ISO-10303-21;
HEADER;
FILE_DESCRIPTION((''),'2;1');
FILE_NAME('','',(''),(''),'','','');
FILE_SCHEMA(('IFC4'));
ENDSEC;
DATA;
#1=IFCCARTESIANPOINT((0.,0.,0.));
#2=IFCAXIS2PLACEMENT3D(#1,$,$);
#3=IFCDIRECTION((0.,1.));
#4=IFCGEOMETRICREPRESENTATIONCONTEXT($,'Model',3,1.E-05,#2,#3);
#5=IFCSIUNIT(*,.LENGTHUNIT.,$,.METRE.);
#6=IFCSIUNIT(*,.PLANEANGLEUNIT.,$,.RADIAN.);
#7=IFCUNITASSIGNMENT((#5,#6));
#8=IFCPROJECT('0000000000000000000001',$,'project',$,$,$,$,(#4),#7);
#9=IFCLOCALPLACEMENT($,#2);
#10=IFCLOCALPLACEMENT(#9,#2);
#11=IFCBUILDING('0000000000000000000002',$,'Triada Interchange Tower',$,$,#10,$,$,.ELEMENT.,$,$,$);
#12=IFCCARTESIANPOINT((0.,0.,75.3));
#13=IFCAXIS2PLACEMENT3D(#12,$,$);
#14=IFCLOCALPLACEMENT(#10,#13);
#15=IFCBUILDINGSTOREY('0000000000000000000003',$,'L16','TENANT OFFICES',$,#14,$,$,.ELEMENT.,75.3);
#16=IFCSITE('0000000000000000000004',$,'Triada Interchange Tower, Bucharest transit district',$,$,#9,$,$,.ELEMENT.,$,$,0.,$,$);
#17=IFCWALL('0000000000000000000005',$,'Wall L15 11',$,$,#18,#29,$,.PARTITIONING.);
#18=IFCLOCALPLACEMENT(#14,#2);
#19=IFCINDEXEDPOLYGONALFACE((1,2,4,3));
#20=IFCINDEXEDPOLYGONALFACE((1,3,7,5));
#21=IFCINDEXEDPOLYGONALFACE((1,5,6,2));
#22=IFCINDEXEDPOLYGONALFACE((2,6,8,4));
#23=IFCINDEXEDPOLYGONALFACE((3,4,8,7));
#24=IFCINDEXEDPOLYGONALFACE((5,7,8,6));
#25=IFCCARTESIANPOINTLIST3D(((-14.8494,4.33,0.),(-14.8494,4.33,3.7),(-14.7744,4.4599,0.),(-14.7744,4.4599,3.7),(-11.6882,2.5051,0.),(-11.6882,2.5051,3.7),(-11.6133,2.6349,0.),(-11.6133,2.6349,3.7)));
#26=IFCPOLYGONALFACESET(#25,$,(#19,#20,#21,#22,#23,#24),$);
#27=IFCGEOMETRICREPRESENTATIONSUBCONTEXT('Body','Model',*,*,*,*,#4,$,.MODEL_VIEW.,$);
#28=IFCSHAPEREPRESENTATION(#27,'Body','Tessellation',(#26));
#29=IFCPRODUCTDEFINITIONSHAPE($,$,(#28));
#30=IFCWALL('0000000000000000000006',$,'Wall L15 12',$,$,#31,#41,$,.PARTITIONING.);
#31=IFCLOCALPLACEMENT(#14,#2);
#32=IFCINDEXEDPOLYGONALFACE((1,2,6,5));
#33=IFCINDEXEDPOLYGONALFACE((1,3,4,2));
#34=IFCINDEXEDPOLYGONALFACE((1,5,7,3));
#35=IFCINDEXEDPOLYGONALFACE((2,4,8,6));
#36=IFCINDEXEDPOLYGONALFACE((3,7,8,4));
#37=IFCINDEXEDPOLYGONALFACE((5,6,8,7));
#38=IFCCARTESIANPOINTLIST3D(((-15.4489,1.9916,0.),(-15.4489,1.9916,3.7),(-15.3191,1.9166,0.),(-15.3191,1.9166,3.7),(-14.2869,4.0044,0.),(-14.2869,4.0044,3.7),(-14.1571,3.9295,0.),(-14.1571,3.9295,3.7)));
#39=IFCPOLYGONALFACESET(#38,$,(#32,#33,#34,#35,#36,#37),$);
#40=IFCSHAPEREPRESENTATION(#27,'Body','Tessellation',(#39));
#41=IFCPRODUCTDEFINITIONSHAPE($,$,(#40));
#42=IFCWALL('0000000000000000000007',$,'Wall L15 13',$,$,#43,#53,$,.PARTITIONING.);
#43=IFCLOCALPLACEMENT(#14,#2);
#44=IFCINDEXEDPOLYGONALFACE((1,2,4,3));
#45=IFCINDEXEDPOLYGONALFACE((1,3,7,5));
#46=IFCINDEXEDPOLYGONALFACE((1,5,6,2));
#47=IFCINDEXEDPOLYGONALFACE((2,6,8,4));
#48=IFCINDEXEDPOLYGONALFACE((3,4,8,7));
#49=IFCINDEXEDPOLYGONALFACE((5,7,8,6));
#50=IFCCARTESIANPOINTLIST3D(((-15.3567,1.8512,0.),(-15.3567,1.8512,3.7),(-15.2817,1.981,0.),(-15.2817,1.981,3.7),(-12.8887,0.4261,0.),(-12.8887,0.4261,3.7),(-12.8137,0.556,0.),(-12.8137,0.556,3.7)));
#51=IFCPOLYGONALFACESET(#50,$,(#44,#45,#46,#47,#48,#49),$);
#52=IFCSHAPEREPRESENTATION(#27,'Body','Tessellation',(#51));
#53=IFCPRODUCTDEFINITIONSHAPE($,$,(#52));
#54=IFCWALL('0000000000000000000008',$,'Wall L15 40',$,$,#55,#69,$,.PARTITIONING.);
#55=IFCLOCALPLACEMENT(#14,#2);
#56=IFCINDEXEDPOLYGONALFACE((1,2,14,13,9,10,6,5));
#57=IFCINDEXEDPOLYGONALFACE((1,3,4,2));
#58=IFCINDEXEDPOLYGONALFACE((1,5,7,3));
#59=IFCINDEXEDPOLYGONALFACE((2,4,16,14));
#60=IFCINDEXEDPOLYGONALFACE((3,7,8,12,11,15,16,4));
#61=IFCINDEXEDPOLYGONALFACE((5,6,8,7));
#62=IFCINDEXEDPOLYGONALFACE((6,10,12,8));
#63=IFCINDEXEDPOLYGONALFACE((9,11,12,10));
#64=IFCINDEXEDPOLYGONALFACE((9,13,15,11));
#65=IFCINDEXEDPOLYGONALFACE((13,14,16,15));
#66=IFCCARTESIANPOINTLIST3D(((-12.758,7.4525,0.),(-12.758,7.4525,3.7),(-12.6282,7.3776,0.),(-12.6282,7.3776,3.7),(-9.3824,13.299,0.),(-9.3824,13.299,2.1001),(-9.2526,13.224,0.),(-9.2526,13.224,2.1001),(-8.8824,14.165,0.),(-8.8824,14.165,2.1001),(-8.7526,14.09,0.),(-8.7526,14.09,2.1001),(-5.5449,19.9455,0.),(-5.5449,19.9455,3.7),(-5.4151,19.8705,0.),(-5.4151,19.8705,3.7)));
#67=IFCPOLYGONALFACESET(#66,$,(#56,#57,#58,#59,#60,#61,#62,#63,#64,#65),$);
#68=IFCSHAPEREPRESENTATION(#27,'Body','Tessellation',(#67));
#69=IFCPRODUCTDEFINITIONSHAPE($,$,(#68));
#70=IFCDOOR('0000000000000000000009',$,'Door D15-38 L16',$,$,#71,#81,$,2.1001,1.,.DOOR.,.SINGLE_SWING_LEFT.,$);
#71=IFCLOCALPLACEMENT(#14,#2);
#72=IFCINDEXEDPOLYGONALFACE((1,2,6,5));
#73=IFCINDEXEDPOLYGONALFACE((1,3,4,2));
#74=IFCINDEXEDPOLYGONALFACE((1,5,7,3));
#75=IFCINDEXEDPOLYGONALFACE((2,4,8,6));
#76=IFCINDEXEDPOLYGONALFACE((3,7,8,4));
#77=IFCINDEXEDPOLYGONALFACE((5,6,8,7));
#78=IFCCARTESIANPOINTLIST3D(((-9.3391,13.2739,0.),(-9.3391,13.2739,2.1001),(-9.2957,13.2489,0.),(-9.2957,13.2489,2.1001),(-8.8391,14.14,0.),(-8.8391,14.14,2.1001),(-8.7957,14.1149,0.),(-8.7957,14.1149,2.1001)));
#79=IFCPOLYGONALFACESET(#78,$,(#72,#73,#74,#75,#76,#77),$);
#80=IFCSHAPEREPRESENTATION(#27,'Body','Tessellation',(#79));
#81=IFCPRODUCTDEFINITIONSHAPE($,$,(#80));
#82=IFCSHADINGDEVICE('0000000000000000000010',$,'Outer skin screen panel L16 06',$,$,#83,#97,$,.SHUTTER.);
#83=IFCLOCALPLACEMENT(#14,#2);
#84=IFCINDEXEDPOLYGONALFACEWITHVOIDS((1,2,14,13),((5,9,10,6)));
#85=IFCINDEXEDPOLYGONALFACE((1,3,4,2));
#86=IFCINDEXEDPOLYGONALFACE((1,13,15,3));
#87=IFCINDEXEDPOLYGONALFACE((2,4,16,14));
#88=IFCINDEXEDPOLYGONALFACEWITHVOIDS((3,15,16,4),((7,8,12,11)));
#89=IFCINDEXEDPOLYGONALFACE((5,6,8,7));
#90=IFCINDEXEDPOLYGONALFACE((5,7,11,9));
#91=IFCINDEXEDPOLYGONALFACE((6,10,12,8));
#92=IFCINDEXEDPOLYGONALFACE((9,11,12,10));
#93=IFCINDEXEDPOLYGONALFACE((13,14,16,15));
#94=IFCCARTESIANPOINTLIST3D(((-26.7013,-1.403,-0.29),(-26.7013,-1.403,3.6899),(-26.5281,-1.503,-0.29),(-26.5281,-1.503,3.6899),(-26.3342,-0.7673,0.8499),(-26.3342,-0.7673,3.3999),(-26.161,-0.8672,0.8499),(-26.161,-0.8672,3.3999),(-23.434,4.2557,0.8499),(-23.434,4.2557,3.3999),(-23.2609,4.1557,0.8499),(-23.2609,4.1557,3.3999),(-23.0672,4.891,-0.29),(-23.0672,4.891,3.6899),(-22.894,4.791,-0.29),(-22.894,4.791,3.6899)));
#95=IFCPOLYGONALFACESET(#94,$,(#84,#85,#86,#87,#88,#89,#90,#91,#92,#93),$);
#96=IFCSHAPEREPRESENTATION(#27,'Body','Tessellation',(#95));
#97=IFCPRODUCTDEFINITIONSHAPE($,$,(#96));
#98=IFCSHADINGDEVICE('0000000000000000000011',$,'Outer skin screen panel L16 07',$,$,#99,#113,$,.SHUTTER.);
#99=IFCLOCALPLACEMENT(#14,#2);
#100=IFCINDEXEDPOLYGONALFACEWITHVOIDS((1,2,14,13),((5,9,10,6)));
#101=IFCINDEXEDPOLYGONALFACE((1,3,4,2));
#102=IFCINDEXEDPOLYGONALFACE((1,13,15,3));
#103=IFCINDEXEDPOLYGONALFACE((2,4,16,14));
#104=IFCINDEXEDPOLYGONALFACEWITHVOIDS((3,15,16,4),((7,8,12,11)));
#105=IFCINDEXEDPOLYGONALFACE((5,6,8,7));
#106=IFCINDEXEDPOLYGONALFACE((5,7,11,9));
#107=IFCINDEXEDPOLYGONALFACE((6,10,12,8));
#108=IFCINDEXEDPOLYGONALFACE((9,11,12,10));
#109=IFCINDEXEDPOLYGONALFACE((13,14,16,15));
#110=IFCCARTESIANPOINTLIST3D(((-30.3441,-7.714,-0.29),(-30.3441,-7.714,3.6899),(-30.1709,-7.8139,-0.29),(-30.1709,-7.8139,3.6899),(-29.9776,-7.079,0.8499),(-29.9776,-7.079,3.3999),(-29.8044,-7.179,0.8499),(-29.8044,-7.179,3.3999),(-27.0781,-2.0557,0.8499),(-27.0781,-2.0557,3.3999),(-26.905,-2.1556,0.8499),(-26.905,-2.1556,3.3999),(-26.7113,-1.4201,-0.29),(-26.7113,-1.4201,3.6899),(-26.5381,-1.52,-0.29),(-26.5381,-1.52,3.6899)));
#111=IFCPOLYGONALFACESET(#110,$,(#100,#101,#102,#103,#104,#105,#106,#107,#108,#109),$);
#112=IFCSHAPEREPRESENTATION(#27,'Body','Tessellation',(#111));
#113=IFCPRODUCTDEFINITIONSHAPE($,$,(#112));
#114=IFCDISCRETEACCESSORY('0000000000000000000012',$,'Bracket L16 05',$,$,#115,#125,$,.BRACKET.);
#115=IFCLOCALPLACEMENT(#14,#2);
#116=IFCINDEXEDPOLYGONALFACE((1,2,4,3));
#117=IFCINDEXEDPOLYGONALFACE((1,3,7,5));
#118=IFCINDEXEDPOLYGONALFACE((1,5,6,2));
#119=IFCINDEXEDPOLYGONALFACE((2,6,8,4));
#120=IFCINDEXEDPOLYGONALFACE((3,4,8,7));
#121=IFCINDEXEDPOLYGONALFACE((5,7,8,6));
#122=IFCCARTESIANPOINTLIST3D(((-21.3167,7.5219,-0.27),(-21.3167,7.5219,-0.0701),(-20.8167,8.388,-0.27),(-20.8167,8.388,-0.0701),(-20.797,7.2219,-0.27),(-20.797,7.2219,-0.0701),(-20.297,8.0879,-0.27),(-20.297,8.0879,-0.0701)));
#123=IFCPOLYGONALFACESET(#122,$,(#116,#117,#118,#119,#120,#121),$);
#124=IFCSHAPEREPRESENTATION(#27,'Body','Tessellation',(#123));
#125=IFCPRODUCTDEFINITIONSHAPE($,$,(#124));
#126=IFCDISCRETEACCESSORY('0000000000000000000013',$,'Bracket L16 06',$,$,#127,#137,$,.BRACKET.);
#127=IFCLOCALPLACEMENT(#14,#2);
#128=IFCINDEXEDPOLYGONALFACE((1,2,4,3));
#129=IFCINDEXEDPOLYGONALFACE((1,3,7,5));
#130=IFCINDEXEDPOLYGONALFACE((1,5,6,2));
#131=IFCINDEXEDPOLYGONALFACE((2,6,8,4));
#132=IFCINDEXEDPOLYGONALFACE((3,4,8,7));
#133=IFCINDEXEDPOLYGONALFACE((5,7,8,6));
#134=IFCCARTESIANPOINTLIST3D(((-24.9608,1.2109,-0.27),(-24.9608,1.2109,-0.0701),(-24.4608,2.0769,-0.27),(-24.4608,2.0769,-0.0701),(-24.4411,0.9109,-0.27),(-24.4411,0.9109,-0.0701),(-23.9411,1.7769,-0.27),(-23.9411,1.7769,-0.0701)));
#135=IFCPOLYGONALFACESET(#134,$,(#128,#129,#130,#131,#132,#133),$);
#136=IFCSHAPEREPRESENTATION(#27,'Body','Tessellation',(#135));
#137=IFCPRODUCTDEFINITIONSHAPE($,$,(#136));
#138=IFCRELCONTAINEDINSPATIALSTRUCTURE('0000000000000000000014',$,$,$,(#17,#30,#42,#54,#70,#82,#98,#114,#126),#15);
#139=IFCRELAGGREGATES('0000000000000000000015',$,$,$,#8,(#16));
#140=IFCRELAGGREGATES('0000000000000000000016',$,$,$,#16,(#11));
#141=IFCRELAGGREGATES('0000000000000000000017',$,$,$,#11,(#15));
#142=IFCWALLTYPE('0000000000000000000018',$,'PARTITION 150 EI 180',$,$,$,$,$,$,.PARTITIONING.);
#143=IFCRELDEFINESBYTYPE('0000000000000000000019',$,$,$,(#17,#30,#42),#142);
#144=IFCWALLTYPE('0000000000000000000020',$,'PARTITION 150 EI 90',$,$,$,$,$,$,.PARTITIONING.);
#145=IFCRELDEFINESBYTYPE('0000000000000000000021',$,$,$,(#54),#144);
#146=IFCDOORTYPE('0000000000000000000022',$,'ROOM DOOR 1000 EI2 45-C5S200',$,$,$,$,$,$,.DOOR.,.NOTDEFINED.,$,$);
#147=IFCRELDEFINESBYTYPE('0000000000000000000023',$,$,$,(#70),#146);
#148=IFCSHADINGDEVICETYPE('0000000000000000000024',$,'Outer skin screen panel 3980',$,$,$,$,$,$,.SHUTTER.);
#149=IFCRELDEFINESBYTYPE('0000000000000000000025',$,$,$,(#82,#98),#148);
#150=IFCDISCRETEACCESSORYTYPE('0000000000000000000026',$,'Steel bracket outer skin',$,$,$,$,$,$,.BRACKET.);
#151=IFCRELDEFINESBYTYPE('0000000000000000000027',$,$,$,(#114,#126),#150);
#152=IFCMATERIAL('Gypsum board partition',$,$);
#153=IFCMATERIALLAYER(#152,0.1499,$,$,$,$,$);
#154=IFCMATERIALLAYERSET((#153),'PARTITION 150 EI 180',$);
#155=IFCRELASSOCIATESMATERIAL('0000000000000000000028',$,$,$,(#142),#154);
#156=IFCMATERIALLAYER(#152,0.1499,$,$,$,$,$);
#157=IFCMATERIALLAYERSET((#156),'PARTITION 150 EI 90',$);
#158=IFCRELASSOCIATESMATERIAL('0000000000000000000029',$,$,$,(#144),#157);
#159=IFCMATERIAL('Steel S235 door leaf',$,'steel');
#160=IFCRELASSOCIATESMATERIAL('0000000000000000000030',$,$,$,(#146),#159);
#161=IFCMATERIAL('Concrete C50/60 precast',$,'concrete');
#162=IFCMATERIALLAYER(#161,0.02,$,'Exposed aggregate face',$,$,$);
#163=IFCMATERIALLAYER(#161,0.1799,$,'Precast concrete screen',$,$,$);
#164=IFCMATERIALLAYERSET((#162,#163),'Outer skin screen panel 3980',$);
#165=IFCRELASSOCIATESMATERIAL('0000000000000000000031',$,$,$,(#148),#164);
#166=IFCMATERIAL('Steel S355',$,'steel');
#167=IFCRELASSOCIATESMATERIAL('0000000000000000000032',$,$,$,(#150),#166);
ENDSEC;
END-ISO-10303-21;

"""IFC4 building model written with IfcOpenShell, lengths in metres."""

from ifc_helpers import new_model, si_unit, direction, frame, frame_2d, origin, origin_2d, place, context, subcontext, project, spatial, polyline, rectangle, outline, extrude, material, layer, layer_set, type_object, element, fill, save


model = new_model("IFC4")

# Units and contexts
model_context = context("Model", 3, precision=1e-05, world=origin(), true_north=direction((0.0, 1.0)))
body_context = subcontext(model_context, "Body", "Model", "MODEL_VIEW")
ifc_project = project(units=[si_unit("LENGTHUNIT", "METRE"), si_unit("PLANEANGLEUNIT", "RADIAN")], contexts=[model_context])

# Site, building, storey
site_placement = place(None, origin())
site = spatial("IfcSite", under=ifc_project, at=site_placement, Name="Triada Interchange Tower, Bucharest transit district", CompositionType="ELEMENT", RefElevation=0.0)
building_placement = place(site_placement, origin())
building = spatial("IfcBuilding", under=site, at=building_placement, Name="Triada Interchange Tower", CompositionType="ELEMENT")
storey_placement = place(building_placement, frame((0.0, 0.0, 75.3)))
storey = spatial("IfcBuildingStorey", under=building, at=storey_placement, Name="L16", Description="TENANT OFFICES", CompositionType="ELEMENT", Elevation=75.3)

# Shared definitions
ifc_material_1 = material(Name="Steel S235 door leaf", Category="steel")

# Walls
ifc_material_2 = material(Name="Gypsum board partition")
ifc_layer_1 = layer(ifc_material_2, 0.1499)
ifc_layer_set_1 = layer_set([ifc_layer_1], Name="PARTITION 150 EI 180")
wall_type_1 = type_object("IfcWallType", Name="PARTITION 150 EI 180", PredefinedType="PARTITIONING", material=ifc_layer_set_1)
wall_1_placement = place(storey_placement, frame((-14.812, 4.395, 0.0), z_axis=(0.0, 0.0, 1.0), x_axis=(0.866041, -0.499973, 0.0)))
element("IfcWall", 1, at=wall_1_placement, inside=storey, type_object=wall_type_1, Name="Wall L15 11", PredefinedType="PARTITIONING", context=body_context, shape_type="SweptSolid", body=[
    extrude(rectangle(XDim=3.6501, YDim=0.1499, at=frame_2d((1.8252, 0.0))), origin(), (0.0, 0.0, 1.0), 3.7),
])
wall_2_placement = place(storey_placement, frame((-15.384, 1.9541, 0.0), z_axis=(0.0, 0.0, 1.0), x_axis=(0.49998, 0.866037, 0.0)))
element("IfcWall", 2, at=wall_2_placement, inside=storey, type_object=wall_type_1, Name="Wall L15 12", PredefinedType="PARTITIONING", context=body_context, shape_type="SweptSolid", body=[
    extrude(rectangle(XDim=2.3242, YDim=0.1499, at=frame_2d((1.1621, 0.0))), origin(), (0.0, 0.0, 1.0), 3.7),
])
wall_3_placement = place(storey_placement, frame((-15.3191, 1.916, 0.0), z_axis=(0.0, 0.0, 1.0), x_axis=(0.866004, -0.500036, 0.0)))
element("IfcWall", 3, at=wall_3_placement, inside=storey, type_object=wall_type_1, Name="Wall L15 13", PredefinedType="PARTITIONING", context=body_context, shape_type="SweptSolid", body=[
    extrude(rectangle(XDim=2.8499, YDim=0.1499, at=frame_2d((1.4248, 0.0))), origin(), (0.0, 0.0, 1.0), 3.7),
])

# Wall, opening, door
ifc_layer_2 = layer(ifc_material_2, 0.1499)
ifc_layer_set_2 = layer_set([ifc_layer_2], Name="PARTITION 150 EI 90")
wall_type_2 = type_object("IfcWallType", Name="PARTITION 150 EI 90", PredefinedType="PARTITIONING", material=ifc_layer_set_2)
wall_4_placement = place(storey_placement, frame((-12.6931, 7.415, 0.0), z_axis=(0.0, 0.0, 1.0), x_axis=(0.500018, 0.866015, 0.0)))
wall_4 = element("IfcWall", 4, at=wall_4_placement, inside=storey, type_object=wall_type_2, Name="Wall L15 40", PredefinedType="PARTITIONING", context=body_context, shape_type="SweptSolid", body=[
    extrude(rectangle(XDim=14.4258, YDim=0.1499, at=frame_2d((7.2129, 0.0))), origin(), (0.0, 0.0, 1.0), 3.7),
])
opening_1_placement = place(wall_4_placement, frame((6.751, 0.0, 0.0)))
opening_1 = element("IfcOpeningElement", 5, at=opening_1_placement, cuts=wall_4, PredefinedType="OPENING", context=body_context, shape_type="SweptSolid", body=[
    extrude(rectangle(XDim=1.0, YDim=2.1001, at=frame_2d((0.5, 1.05))), frame((0.0, 0.085, 0.0), z_axis=(0.0, -1.0, 0.0), x_axis=(1.0, 0.0, 0.0)), (0.0, 0.0, 1.0), 0.1699),
])
door_type_1 = type_object("IfcDoorType", Name="ROOM DOOR 1000 EI2 45-C5S200", OperationType="NOTDEFINED", PredefinedType="DOOR", material=ifc_material_1)
door_1_placement = place(opening_1_placement, origin())
door_1 = element("IfcDoor", 6, at=door_1_placement, inside=storey, type_object=door_type_1, Name="Door D15-38 L16", OperationType="SINGLE_SWING_LEFT", OverallHeight=2.1001, OverallWidth=1.0, PredefinedType="DOOR", context=body_context, shape_type="SweptSolid", body=[
    extrude(rectangle(XDim=1.0, YDim=2.1001, at=frame_2d((0.5, 1.05))), frame((0.0, 0.0249, 0.0), z_axis=(0.0, -1.0, 0.0), x_axis=(1.0, 0.0, 0.0)), (0.0, 0.0, 1.0), 0.05),
])
fill(opening_1, door_1)

# Shading devices
ifc_material_3 = material(Name="Concrete C50/60 precast", Category="concrete")
ifc_layer_3 = layer(ifc_material_3, 0.02, Name="Exposed aggregate face")
ifc_layer_4 = layer(ifc_material_3, 0.1799, Name="Precast concrete screen")
ifc_layer_set_3 = layer_set([ifc_layer_3, ifc_layer_4], Name="Outer skin screen panel 3980")
shading_device_type = type_object("IfcShadingDeviceType", Name="Outer skin screen panel 3980", PredefinedType="SHUTTER", material=ifc_layer_set_3)
shading_device_1_placement = place(storey_placement, frame((-22.894, 4.791, -0.29), z_axis=(0.0, 0.0, 1.0), x_axis=(-0.500023, -0.866012, 0.0)))
element("IfcShadingDevice", 7, at=shading_device_1_placement, inside=storey, type_object=shading_device_type, Name="Outer skin screen panel L16 06", PredefinedType="SHUTTER", context=body_context, shape_type="SweptSolid", body=[
    extrude(outline(polyline([(0.0, 0.0), (7.2678, 0.0), (7.2678, 3.98), (0.0, 3.98), (0.0, 0.0)]), holes=[polyline([(0.7336, 1.1399), (0.7336, 3.6899), (6.5337, 3.6899), (6.5337, 1.1399), (0.7336, 1.1399)])]), frame((0.0, 0.0, 0.0), z_axis=(0.0, -1.0, 0.0), x_axis=(1.0, 0.0, 0.0)), (0.0, 0.0, 1.0), 0.2),
])
shading_device_2_placement = place(storey_placement, frame((-26.5381, -1.52, -0.29), z_axis=(0.0, 0.0, 1.0), x_axis=(-0.499897, -0.866085, 0.0)))
element("IfcShadingDevice", 8, at=shading_device_2_placement, inside=storey, type_object=shading_device_type, Name="Outer skin screen panel L16 07", PredefinedType="SHUTTER", context=body_context, shape_type="SweptSolid", body=[
    extrude(outline(polyline([(0.0, 0.0), (7.2671, 0.0), (7.2671, 3.98), (0.0, 3.98), (0.0, 0.0)]), holes=[polyline([(0.7339, 1.1399), (0.7339, 3.6899), (6.5339, 3.6899), (6.5339, 1.1399), (0.7339, 1.1399)])]), frame((0.0, 0.0, 0.0), z_axis=(0.0, -1.0, 0.0), x_axis=(1.0, 0.0, 0.0)), (0.0, 0.0, 1.0), 0.2),
])

# Discrete accessories
ifc_material_4 = material(Name="Steel S355", Category="steel")
discrete_accessory_type = type_object("IfcDiscreteAccessoryType", Name="Steel bracket outer skin", PredefinedType="BRACKET", material=ifc_material_4)
for number, where, z_axis, x_axis, name in (
    (9, (-20.8069, 7.8049, -0.27), (0.0, 0.0, 1.0), (-0.866027, 0.499997, 0.0), "Bracket L16 05"),
    (10, (-24.4509, 1.4939, -0.27), (0.0, 0.0, 1.0), (-0.866027, 0.499997, 0.0), "Bracket L16 06"),
):
    element("IfcDiscreteAccessory", number, at=place(storey_placement, frame(where, z_axis=z_axis, x_axis=x_axis)), inside=storey, type_object=discrete_accessory_type, Name=name, PredefinedType="BRACKET", context=body_context, shape_type="SweptSolid", body=[
        extrude(rectangle(XDim=0.6001, YDim=1.0, at=origin_2d()), origin(), (0.0, 0.0, 1.0), 0.2),
    ])

save(model, "model.ifc")
